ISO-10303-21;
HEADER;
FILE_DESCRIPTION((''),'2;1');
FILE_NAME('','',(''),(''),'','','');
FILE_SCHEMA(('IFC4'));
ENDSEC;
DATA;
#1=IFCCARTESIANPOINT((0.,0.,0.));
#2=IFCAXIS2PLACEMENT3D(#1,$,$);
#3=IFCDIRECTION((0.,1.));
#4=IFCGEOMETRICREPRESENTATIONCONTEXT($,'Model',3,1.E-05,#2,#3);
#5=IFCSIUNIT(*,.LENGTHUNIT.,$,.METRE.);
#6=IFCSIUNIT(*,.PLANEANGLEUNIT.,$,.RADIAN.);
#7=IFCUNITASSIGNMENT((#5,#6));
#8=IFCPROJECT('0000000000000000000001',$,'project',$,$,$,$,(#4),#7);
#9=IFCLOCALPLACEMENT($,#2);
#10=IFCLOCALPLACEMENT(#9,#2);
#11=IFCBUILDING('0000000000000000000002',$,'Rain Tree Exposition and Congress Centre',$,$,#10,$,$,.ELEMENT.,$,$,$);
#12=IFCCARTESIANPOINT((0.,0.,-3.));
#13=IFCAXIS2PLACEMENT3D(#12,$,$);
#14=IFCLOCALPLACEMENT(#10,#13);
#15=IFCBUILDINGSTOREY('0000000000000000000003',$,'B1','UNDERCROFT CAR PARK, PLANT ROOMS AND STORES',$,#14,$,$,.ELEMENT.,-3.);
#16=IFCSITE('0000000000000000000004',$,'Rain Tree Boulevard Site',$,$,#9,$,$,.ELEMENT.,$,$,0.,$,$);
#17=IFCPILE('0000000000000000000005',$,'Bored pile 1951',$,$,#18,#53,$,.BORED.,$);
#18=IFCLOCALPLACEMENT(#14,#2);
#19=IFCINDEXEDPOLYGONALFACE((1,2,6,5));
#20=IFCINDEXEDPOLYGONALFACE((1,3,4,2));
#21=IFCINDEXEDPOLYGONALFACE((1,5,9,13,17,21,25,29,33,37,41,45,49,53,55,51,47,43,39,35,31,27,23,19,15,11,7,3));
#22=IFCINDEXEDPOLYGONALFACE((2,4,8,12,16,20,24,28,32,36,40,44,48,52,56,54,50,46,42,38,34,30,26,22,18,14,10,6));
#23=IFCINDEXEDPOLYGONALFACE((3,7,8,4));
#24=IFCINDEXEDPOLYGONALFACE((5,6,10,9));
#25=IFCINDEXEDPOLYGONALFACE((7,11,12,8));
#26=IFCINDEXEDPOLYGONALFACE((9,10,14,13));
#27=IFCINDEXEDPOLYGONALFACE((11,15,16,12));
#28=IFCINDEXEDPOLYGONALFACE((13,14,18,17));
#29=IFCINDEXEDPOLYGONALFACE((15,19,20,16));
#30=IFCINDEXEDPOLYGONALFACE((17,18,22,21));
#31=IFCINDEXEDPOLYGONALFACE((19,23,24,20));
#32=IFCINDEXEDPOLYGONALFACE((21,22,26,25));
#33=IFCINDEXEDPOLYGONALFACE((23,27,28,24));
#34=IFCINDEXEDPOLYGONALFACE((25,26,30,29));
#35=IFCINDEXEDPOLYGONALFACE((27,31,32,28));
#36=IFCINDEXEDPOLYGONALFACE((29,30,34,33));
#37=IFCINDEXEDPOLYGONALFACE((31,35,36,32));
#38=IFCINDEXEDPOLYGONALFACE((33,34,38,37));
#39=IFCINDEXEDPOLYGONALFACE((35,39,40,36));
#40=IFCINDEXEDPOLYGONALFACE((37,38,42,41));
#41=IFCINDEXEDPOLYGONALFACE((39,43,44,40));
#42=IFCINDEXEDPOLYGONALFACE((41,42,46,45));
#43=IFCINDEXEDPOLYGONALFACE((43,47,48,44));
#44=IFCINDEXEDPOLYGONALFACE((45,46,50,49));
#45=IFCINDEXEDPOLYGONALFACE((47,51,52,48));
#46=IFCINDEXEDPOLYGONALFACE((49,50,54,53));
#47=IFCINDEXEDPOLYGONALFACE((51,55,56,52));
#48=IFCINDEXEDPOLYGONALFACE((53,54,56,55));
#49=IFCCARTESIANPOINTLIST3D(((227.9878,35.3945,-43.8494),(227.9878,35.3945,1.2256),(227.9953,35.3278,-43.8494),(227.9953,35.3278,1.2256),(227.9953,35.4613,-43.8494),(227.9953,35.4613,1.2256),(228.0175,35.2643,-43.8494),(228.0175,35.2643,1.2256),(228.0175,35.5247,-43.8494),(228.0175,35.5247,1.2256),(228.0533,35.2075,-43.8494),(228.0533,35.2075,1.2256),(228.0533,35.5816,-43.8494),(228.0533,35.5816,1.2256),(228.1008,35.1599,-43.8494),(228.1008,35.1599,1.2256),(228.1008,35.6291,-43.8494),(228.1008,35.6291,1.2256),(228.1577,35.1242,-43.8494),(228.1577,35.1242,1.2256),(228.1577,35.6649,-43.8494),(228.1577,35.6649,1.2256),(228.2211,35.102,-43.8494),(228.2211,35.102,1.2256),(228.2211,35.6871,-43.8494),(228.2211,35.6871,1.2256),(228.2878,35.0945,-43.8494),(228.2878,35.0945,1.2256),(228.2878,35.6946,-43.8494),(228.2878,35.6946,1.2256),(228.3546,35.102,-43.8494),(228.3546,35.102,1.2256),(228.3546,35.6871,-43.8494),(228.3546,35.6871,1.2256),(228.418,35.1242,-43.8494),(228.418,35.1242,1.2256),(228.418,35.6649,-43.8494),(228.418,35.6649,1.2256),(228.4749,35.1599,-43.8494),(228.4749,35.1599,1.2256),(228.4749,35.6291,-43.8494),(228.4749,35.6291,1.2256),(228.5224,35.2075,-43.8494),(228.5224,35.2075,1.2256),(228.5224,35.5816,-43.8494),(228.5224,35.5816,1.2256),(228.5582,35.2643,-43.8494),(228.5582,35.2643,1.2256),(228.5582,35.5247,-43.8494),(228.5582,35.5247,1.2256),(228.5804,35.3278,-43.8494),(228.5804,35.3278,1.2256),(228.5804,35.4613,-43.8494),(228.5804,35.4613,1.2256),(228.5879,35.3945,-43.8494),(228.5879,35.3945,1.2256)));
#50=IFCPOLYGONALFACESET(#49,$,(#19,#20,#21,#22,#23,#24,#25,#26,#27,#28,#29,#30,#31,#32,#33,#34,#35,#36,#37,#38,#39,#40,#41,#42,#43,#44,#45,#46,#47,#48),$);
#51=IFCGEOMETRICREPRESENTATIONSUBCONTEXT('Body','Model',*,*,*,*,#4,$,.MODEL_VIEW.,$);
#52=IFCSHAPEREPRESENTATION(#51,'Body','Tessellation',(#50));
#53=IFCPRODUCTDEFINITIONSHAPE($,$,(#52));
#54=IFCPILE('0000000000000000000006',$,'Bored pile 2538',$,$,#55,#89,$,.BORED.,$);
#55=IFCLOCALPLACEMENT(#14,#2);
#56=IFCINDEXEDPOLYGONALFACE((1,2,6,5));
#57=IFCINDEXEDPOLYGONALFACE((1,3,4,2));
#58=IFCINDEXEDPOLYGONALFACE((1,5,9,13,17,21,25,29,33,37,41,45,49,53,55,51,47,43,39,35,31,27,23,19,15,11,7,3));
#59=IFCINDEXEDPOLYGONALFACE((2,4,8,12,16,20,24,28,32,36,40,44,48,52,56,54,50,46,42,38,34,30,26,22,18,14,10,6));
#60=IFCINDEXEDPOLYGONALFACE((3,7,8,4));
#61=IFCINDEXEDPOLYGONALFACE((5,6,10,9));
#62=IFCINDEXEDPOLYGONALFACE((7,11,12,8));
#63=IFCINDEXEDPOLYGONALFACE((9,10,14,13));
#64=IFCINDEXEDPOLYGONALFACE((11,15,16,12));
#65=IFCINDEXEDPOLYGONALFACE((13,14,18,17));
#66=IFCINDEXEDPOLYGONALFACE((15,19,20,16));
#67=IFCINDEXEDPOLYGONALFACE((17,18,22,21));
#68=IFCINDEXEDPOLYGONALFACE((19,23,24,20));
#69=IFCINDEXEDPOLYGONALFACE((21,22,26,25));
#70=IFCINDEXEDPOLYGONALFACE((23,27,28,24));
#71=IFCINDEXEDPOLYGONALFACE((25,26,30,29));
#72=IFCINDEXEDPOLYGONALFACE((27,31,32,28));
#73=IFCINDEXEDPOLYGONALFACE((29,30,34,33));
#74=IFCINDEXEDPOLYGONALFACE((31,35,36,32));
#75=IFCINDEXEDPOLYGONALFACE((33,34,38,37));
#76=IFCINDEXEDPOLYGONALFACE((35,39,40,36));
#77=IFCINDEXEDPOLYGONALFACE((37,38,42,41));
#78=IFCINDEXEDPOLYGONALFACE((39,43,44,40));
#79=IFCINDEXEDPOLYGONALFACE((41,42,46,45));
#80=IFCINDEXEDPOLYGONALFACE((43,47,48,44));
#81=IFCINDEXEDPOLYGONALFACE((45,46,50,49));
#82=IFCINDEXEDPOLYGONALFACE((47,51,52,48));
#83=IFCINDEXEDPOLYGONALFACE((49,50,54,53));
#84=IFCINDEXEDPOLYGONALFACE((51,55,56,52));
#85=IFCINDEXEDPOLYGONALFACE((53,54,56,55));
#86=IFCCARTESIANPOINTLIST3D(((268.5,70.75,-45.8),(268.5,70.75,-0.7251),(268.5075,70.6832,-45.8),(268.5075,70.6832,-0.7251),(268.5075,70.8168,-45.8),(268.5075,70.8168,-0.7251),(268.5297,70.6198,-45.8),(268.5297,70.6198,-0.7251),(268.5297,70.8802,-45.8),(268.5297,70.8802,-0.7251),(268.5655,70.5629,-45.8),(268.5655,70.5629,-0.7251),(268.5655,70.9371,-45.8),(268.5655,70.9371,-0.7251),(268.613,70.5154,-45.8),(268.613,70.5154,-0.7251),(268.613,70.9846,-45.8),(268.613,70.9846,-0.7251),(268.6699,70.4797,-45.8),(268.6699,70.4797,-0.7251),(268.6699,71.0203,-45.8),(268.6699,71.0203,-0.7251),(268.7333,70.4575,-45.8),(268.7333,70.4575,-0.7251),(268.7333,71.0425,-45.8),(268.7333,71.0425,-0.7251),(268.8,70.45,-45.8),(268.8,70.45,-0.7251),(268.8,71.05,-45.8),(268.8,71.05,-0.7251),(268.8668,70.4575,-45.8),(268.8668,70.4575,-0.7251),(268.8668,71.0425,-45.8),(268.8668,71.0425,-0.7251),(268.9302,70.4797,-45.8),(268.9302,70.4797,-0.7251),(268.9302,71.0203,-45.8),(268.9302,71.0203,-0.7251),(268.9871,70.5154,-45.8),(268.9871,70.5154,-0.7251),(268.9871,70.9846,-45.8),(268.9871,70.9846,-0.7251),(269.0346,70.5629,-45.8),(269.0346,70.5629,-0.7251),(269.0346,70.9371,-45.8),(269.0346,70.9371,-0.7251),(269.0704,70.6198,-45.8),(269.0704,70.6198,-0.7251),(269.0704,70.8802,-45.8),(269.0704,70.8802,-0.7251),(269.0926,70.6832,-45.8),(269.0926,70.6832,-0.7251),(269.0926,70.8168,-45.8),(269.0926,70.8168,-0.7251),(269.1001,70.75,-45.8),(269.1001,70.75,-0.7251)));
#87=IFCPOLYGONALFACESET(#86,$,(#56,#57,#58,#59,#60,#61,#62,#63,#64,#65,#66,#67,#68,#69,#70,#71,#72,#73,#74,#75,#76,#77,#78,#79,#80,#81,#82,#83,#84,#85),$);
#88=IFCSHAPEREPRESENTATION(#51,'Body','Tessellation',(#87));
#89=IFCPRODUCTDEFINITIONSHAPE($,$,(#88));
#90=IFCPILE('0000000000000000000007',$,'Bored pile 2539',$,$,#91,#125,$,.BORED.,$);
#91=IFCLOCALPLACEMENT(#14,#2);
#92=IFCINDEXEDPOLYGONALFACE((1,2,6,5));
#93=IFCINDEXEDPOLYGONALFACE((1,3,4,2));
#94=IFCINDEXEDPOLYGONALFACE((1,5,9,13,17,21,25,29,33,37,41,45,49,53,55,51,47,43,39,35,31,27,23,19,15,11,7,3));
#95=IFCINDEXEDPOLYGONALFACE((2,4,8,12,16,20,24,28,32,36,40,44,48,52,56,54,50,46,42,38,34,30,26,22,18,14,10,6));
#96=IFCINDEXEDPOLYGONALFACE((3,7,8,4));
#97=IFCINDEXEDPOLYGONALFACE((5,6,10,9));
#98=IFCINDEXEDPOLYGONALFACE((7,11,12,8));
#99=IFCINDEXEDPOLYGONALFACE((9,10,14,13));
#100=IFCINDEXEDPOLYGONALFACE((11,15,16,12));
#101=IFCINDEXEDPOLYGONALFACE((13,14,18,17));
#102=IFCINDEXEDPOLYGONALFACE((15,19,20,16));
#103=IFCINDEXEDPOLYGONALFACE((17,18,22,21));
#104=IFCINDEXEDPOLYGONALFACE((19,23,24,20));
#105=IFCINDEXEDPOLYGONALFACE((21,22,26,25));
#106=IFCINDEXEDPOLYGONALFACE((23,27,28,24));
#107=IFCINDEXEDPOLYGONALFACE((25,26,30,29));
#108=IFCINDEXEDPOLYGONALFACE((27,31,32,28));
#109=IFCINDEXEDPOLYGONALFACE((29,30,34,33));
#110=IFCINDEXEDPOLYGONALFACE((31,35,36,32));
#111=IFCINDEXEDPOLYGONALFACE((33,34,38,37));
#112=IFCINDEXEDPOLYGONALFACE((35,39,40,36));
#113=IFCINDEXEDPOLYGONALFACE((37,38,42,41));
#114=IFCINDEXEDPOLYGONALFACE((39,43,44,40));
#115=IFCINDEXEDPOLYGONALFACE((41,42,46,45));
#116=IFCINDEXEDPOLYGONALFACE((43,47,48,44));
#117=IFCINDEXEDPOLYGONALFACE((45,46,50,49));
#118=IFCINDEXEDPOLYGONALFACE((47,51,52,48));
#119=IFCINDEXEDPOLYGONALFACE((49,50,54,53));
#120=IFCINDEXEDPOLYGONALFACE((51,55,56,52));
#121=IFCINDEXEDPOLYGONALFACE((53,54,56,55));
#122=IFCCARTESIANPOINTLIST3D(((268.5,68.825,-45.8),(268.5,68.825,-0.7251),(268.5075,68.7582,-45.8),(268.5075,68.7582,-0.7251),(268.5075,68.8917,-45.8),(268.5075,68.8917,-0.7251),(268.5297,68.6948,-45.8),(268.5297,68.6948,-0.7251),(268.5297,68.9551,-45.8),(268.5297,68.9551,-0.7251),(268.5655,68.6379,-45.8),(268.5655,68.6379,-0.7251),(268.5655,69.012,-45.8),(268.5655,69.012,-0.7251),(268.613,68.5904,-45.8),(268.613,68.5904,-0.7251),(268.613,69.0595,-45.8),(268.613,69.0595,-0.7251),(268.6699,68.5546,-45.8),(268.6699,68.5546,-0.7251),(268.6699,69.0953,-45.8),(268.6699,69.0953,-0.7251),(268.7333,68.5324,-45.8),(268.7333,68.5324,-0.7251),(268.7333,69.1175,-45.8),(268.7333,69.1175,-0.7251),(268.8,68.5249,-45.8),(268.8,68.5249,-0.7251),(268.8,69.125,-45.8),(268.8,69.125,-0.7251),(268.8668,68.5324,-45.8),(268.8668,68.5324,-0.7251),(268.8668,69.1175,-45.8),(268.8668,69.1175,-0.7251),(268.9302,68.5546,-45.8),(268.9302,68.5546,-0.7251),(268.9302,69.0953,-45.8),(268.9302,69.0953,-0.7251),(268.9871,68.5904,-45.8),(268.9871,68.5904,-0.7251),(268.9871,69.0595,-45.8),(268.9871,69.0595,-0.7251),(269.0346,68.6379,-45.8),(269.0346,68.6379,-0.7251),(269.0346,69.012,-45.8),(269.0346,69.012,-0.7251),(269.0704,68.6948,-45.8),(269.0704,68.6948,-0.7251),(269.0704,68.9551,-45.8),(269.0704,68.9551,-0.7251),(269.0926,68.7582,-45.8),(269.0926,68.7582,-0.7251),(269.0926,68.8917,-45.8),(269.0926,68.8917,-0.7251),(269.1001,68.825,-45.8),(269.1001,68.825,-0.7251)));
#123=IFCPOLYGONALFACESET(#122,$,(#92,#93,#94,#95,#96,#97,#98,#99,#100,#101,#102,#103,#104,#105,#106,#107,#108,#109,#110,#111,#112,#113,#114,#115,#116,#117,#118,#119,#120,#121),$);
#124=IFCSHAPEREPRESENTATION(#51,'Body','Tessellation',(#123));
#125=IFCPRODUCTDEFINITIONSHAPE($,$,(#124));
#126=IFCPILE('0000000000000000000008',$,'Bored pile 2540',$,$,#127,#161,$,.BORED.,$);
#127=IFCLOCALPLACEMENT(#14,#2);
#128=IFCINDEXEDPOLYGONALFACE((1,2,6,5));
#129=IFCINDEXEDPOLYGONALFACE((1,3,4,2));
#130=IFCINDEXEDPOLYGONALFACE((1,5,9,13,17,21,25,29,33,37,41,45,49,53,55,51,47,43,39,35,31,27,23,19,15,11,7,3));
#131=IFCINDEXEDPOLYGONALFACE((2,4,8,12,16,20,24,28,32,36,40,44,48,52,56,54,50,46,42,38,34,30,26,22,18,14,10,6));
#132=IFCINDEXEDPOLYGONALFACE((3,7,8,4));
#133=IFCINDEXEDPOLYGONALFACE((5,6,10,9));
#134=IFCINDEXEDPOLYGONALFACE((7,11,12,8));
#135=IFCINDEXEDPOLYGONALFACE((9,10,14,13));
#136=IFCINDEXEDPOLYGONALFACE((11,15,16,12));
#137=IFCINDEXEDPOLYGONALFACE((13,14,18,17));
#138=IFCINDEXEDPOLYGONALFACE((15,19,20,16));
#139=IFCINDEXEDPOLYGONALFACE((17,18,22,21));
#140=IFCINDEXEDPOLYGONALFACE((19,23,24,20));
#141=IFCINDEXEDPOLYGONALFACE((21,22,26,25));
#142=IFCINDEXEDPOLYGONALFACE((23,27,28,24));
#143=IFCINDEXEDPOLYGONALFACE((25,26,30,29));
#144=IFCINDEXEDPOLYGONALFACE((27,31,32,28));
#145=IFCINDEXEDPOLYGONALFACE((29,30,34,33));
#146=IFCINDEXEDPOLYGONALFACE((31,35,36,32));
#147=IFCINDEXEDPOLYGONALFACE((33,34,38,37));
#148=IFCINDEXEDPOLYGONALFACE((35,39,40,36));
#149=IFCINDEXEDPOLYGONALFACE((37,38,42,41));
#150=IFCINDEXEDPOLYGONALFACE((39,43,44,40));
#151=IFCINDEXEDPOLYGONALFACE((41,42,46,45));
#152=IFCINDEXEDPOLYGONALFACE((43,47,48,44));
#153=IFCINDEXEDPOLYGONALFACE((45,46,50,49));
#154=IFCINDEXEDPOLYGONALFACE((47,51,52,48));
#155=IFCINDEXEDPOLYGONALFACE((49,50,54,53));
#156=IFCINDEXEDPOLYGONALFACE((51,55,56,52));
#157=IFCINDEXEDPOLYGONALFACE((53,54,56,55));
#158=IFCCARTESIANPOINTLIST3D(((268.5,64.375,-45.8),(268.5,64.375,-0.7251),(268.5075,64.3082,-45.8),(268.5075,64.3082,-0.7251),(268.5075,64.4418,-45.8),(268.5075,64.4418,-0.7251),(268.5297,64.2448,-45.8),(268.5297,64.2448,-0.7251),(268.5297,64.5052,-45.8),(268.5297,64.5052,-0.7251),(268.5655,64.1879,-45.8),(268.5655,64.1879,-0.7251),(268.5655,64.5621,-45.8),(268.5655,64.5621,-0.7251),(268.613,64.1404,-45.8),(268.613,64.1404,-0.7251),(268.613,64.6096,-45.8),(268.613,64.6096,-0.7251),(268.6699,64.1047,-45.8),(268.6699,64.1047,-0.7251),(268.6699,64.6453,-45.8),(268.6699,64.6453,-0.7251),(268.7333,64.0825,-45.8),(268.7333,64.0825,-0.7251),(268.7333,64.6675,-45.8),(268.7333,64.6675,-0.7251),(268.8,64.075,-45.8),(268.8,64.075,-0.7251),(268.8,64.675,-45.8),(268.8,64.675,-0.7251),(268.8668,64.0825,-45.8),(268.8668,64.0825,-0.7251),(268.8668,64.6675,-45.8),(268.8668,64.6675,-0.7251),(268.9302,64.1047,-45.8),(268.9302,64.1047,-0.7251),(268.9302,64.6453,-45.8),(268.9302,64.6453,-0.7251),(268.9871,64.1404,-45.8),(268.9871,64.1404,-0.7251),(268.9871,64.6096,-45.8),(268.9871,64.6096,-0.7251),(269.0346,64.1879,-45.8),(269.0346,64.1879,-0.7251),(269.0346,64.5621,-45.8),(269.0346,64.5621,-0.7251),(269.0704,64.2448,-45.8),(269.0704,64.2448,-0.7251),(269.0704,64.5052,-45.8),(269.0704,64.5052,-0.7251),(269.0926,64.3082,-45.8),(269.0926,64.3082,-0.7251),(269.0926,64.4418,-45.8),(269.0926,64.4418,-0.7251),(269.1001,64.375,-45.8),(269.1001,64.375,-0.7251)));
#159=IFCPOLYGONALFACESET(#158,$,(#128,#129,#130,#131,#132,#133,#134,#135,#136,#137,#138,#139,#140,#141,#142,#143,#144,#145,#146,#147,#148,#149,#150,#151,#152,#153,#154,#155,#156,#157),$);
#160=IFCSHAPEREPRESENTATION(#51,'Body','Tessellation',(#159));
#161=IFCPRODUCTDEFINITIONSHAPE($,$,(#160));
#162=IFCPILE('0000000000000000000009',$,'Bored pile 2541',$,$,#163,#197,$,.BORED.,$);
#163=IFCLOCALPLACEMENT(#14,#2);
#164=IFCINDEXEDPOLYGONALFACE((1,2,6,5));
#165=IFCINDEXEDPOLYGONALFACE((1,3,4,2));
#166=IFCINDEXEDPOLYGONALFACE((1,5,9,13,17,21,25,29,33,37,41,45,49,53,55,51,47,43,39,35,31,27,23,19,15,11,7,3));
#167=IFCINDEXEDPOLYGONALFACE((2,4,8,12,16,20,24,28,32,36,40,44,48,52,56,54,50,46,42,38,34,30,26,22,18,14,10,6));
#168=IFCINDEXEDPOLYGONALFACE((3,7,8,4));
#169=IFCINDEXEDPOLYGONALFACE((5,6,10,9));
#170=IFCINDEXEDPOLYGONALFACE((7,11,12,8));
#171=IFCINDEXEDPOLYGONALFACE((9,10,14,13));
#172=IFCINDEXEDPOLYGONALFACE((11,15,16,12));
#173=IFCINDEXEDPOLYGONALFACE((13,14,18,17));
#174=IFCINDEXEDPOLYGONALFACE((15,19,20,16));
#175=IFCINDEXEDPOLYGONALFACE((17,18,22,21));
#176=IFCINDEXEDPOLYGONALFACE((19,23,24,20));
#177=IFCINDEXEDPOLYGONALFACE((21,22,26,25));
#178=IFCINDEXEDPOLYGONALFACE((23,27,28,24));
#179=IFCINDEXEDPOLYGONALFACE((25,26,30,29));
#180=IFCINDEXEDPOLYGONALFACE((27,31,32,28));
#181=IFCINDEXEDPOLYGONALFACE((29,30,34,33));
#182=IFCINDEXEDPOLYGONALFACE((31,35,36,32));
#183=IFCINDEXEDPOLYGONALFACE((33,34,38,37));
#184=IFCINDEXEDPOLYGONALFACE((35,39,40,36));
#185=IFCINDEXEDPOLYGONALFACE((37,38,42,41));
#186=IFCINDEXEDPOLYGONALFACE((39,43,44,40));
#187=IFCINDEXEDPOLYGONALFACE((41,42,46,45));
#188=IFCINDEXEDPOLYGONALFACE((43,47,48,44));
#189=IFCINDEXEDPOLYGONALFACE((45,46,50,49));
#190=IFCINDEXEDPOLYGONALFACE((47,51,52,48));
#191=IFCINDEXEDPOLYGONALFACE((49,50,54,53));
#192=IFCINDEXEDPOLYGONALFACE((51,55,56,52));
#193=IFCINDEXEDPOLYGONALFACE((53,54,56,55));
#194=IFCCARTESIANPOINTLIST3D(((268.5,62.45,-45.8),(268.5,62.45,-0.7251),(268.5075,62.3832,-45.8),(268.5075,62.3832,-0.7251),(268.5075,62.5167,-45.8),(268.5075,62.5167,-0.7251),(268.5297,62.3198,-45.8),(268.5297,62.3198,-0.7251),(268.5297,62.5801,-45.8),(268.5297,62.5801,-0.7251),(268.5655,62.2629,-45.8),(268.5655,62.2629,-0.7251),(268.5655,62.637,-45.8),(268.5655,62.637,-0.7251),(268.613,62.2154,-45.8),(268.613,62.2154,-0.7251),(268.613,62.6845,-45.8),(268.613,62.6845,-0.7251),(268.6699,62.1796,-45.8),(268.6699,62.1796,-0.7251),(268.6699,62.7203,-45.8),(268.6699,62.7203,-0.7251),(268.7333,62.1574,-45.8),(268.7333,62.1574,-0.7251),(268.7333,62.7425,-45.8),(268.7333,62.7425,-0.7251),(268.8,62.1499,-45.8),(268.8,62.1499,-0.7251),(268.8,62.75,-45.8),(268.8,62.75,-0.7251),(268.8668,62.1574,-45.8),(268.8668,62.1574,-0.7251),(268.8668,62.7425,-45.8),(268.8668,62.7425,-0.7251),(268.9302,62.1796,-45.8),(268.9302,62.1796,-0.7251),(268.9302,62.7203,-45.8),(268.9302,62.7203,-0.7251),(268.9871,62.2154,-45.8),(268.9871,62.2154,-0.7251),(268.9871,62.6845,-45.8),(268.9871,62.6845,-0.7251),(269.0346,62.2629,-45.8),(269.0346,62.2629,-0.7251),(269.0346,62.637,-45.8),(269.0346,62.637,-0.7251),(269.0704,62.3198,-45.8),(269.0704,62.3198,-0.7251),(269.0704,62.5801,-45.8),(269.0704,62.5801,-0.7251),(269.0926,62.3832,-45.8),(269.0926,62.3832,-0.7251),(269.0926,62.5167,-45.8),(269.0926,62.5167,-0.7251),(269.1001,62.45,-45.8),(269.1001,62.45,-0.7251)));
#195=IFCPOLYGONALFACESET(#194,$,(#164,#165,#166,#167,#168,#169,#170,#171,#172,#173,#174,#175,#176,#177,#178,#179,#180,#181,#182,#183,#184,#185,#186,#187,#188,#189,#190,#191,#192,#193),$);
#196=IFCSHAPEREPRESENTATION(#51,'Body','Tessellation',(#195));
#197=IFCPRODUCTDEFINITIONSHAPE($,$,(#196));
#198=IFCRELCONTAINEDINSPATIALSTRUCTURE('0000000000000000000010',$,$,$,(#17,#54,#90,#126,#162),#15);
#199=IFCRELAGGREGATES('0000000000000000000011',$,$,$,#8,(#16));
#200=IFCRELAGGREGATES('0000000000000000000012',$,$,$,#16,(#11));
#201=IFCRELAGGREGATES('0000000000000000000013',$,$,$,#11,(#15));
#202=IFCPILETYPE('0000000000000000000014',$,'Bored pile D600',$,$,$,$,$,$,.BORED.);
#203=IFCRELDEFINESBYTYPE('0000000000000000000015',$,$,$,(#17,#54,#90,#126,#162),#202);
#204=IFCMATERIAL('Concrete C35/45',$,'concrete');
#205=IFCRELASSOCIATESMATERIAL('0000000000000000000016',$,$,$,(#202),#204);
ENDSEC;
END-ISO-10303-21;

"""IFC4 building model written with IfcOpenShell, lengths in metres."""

from ifc_helpers import new_model, si_unit, direction, frame, origin, origin_2d, place, context, subcontext, project, spatial, circle, extrude, material, material_profile, profile_set, type_object, element, save


model = new_model("IFC4")

# Units and contexts
model_context = context("Model", 3, precision=1e-05, world=origin(), true_north=direction((0.0, 1.0)))
body_context = subcontext(model_context, "Body", "Model", "MODEL_VIEW")
ifc_project = project(units=[si_unit("LENGTHUNIT", "METRE"), si_unit("PLANEANGLEUNIT", "RADIAN")], contexts=[model_context])

# Site, building, storey
site_placement = place(None, origin())
site = spatial("IfcSite", under=ifc_project, at=site_placement, Name="Rain Tree Boulevard Site", CompositionType="ELEMENT", RefElevation=0.0)
building_placement = place(site_placement, origin())
building = spatial("IfcBuilding", under=site, at=building_placement, Name="Rain Tree Exposition and Congress Centre", CompositionType="ELEMENT")
storey_placement = place(building_placement, frame((0.0, 0.0, -3.0)))
storey = spatial("IfcBuildingStorey", under=building, at=storey_placement, Name="B1", Description="UNDERCROFT CAR PARK, PLANT ROOMS AND STORES", CompositionType="ELEMENT", Elevation=-3.0)

# Piles
ifc_material_1 = material(Name="Concrete C35/45", Category="concrete")
ifc_material_profile_1 = material_profile(ifc_material_1, circle(Radius=0.3, at=origin_2d()), Name="D600")
ifc_profile_set_1 = profile_set([ifc_material_profile_1], Name="Concrete C35/45")
pile_type_1 = type_object("IfcPileType", Name="Bored pile D600", PredefinedType="BORED", material=ifc_profile_set_1)
for number, where, z_axis, x_axis, name in (
    (1, (228.2878, 35.3945, 1.2256), (0.0, 0.0, -1.0), (1.0, 0.0, 0.0), "Bored pile 1951"),
    (2, (268.8, 70.75, -0.7251), (0.0, 0.0, -1.0), (1.0, 0.0, 0.0), "Bored pile 2538"),
    (3, (268.8, 68.825, -0.7251), (0.0, 0.0, -1.0), (1.0, 0.0, 0.0), "Bored pile 2539"),
    (4, (268.8, 64.375, -0.7251), (0.0, 0.0, -1.0), (1.0, 0.0, 0.0), "Bored pile 2540"),
    (5, (268.8, 62.45, -0.7251), (0.0, 0.0, -1.0), (1.0, 0.0, 0.0), "Bored pile 2541"),
):
    element("IfcPile", number, at=place(storey_placement, frame(where, z_axis=z_axis, x_axis=x_axis)), inside=storey, type_object=pile_type_1, Name=name, PredefinedType="BORED", context=body_context, shape_type="SweptSolid", body=[
        extrude(circle(Radius=0.3, at=origin_2d()), origin(), (0.0, 0.0, 1.0), 45.075),
    ])

save(model, "model.ifc")
